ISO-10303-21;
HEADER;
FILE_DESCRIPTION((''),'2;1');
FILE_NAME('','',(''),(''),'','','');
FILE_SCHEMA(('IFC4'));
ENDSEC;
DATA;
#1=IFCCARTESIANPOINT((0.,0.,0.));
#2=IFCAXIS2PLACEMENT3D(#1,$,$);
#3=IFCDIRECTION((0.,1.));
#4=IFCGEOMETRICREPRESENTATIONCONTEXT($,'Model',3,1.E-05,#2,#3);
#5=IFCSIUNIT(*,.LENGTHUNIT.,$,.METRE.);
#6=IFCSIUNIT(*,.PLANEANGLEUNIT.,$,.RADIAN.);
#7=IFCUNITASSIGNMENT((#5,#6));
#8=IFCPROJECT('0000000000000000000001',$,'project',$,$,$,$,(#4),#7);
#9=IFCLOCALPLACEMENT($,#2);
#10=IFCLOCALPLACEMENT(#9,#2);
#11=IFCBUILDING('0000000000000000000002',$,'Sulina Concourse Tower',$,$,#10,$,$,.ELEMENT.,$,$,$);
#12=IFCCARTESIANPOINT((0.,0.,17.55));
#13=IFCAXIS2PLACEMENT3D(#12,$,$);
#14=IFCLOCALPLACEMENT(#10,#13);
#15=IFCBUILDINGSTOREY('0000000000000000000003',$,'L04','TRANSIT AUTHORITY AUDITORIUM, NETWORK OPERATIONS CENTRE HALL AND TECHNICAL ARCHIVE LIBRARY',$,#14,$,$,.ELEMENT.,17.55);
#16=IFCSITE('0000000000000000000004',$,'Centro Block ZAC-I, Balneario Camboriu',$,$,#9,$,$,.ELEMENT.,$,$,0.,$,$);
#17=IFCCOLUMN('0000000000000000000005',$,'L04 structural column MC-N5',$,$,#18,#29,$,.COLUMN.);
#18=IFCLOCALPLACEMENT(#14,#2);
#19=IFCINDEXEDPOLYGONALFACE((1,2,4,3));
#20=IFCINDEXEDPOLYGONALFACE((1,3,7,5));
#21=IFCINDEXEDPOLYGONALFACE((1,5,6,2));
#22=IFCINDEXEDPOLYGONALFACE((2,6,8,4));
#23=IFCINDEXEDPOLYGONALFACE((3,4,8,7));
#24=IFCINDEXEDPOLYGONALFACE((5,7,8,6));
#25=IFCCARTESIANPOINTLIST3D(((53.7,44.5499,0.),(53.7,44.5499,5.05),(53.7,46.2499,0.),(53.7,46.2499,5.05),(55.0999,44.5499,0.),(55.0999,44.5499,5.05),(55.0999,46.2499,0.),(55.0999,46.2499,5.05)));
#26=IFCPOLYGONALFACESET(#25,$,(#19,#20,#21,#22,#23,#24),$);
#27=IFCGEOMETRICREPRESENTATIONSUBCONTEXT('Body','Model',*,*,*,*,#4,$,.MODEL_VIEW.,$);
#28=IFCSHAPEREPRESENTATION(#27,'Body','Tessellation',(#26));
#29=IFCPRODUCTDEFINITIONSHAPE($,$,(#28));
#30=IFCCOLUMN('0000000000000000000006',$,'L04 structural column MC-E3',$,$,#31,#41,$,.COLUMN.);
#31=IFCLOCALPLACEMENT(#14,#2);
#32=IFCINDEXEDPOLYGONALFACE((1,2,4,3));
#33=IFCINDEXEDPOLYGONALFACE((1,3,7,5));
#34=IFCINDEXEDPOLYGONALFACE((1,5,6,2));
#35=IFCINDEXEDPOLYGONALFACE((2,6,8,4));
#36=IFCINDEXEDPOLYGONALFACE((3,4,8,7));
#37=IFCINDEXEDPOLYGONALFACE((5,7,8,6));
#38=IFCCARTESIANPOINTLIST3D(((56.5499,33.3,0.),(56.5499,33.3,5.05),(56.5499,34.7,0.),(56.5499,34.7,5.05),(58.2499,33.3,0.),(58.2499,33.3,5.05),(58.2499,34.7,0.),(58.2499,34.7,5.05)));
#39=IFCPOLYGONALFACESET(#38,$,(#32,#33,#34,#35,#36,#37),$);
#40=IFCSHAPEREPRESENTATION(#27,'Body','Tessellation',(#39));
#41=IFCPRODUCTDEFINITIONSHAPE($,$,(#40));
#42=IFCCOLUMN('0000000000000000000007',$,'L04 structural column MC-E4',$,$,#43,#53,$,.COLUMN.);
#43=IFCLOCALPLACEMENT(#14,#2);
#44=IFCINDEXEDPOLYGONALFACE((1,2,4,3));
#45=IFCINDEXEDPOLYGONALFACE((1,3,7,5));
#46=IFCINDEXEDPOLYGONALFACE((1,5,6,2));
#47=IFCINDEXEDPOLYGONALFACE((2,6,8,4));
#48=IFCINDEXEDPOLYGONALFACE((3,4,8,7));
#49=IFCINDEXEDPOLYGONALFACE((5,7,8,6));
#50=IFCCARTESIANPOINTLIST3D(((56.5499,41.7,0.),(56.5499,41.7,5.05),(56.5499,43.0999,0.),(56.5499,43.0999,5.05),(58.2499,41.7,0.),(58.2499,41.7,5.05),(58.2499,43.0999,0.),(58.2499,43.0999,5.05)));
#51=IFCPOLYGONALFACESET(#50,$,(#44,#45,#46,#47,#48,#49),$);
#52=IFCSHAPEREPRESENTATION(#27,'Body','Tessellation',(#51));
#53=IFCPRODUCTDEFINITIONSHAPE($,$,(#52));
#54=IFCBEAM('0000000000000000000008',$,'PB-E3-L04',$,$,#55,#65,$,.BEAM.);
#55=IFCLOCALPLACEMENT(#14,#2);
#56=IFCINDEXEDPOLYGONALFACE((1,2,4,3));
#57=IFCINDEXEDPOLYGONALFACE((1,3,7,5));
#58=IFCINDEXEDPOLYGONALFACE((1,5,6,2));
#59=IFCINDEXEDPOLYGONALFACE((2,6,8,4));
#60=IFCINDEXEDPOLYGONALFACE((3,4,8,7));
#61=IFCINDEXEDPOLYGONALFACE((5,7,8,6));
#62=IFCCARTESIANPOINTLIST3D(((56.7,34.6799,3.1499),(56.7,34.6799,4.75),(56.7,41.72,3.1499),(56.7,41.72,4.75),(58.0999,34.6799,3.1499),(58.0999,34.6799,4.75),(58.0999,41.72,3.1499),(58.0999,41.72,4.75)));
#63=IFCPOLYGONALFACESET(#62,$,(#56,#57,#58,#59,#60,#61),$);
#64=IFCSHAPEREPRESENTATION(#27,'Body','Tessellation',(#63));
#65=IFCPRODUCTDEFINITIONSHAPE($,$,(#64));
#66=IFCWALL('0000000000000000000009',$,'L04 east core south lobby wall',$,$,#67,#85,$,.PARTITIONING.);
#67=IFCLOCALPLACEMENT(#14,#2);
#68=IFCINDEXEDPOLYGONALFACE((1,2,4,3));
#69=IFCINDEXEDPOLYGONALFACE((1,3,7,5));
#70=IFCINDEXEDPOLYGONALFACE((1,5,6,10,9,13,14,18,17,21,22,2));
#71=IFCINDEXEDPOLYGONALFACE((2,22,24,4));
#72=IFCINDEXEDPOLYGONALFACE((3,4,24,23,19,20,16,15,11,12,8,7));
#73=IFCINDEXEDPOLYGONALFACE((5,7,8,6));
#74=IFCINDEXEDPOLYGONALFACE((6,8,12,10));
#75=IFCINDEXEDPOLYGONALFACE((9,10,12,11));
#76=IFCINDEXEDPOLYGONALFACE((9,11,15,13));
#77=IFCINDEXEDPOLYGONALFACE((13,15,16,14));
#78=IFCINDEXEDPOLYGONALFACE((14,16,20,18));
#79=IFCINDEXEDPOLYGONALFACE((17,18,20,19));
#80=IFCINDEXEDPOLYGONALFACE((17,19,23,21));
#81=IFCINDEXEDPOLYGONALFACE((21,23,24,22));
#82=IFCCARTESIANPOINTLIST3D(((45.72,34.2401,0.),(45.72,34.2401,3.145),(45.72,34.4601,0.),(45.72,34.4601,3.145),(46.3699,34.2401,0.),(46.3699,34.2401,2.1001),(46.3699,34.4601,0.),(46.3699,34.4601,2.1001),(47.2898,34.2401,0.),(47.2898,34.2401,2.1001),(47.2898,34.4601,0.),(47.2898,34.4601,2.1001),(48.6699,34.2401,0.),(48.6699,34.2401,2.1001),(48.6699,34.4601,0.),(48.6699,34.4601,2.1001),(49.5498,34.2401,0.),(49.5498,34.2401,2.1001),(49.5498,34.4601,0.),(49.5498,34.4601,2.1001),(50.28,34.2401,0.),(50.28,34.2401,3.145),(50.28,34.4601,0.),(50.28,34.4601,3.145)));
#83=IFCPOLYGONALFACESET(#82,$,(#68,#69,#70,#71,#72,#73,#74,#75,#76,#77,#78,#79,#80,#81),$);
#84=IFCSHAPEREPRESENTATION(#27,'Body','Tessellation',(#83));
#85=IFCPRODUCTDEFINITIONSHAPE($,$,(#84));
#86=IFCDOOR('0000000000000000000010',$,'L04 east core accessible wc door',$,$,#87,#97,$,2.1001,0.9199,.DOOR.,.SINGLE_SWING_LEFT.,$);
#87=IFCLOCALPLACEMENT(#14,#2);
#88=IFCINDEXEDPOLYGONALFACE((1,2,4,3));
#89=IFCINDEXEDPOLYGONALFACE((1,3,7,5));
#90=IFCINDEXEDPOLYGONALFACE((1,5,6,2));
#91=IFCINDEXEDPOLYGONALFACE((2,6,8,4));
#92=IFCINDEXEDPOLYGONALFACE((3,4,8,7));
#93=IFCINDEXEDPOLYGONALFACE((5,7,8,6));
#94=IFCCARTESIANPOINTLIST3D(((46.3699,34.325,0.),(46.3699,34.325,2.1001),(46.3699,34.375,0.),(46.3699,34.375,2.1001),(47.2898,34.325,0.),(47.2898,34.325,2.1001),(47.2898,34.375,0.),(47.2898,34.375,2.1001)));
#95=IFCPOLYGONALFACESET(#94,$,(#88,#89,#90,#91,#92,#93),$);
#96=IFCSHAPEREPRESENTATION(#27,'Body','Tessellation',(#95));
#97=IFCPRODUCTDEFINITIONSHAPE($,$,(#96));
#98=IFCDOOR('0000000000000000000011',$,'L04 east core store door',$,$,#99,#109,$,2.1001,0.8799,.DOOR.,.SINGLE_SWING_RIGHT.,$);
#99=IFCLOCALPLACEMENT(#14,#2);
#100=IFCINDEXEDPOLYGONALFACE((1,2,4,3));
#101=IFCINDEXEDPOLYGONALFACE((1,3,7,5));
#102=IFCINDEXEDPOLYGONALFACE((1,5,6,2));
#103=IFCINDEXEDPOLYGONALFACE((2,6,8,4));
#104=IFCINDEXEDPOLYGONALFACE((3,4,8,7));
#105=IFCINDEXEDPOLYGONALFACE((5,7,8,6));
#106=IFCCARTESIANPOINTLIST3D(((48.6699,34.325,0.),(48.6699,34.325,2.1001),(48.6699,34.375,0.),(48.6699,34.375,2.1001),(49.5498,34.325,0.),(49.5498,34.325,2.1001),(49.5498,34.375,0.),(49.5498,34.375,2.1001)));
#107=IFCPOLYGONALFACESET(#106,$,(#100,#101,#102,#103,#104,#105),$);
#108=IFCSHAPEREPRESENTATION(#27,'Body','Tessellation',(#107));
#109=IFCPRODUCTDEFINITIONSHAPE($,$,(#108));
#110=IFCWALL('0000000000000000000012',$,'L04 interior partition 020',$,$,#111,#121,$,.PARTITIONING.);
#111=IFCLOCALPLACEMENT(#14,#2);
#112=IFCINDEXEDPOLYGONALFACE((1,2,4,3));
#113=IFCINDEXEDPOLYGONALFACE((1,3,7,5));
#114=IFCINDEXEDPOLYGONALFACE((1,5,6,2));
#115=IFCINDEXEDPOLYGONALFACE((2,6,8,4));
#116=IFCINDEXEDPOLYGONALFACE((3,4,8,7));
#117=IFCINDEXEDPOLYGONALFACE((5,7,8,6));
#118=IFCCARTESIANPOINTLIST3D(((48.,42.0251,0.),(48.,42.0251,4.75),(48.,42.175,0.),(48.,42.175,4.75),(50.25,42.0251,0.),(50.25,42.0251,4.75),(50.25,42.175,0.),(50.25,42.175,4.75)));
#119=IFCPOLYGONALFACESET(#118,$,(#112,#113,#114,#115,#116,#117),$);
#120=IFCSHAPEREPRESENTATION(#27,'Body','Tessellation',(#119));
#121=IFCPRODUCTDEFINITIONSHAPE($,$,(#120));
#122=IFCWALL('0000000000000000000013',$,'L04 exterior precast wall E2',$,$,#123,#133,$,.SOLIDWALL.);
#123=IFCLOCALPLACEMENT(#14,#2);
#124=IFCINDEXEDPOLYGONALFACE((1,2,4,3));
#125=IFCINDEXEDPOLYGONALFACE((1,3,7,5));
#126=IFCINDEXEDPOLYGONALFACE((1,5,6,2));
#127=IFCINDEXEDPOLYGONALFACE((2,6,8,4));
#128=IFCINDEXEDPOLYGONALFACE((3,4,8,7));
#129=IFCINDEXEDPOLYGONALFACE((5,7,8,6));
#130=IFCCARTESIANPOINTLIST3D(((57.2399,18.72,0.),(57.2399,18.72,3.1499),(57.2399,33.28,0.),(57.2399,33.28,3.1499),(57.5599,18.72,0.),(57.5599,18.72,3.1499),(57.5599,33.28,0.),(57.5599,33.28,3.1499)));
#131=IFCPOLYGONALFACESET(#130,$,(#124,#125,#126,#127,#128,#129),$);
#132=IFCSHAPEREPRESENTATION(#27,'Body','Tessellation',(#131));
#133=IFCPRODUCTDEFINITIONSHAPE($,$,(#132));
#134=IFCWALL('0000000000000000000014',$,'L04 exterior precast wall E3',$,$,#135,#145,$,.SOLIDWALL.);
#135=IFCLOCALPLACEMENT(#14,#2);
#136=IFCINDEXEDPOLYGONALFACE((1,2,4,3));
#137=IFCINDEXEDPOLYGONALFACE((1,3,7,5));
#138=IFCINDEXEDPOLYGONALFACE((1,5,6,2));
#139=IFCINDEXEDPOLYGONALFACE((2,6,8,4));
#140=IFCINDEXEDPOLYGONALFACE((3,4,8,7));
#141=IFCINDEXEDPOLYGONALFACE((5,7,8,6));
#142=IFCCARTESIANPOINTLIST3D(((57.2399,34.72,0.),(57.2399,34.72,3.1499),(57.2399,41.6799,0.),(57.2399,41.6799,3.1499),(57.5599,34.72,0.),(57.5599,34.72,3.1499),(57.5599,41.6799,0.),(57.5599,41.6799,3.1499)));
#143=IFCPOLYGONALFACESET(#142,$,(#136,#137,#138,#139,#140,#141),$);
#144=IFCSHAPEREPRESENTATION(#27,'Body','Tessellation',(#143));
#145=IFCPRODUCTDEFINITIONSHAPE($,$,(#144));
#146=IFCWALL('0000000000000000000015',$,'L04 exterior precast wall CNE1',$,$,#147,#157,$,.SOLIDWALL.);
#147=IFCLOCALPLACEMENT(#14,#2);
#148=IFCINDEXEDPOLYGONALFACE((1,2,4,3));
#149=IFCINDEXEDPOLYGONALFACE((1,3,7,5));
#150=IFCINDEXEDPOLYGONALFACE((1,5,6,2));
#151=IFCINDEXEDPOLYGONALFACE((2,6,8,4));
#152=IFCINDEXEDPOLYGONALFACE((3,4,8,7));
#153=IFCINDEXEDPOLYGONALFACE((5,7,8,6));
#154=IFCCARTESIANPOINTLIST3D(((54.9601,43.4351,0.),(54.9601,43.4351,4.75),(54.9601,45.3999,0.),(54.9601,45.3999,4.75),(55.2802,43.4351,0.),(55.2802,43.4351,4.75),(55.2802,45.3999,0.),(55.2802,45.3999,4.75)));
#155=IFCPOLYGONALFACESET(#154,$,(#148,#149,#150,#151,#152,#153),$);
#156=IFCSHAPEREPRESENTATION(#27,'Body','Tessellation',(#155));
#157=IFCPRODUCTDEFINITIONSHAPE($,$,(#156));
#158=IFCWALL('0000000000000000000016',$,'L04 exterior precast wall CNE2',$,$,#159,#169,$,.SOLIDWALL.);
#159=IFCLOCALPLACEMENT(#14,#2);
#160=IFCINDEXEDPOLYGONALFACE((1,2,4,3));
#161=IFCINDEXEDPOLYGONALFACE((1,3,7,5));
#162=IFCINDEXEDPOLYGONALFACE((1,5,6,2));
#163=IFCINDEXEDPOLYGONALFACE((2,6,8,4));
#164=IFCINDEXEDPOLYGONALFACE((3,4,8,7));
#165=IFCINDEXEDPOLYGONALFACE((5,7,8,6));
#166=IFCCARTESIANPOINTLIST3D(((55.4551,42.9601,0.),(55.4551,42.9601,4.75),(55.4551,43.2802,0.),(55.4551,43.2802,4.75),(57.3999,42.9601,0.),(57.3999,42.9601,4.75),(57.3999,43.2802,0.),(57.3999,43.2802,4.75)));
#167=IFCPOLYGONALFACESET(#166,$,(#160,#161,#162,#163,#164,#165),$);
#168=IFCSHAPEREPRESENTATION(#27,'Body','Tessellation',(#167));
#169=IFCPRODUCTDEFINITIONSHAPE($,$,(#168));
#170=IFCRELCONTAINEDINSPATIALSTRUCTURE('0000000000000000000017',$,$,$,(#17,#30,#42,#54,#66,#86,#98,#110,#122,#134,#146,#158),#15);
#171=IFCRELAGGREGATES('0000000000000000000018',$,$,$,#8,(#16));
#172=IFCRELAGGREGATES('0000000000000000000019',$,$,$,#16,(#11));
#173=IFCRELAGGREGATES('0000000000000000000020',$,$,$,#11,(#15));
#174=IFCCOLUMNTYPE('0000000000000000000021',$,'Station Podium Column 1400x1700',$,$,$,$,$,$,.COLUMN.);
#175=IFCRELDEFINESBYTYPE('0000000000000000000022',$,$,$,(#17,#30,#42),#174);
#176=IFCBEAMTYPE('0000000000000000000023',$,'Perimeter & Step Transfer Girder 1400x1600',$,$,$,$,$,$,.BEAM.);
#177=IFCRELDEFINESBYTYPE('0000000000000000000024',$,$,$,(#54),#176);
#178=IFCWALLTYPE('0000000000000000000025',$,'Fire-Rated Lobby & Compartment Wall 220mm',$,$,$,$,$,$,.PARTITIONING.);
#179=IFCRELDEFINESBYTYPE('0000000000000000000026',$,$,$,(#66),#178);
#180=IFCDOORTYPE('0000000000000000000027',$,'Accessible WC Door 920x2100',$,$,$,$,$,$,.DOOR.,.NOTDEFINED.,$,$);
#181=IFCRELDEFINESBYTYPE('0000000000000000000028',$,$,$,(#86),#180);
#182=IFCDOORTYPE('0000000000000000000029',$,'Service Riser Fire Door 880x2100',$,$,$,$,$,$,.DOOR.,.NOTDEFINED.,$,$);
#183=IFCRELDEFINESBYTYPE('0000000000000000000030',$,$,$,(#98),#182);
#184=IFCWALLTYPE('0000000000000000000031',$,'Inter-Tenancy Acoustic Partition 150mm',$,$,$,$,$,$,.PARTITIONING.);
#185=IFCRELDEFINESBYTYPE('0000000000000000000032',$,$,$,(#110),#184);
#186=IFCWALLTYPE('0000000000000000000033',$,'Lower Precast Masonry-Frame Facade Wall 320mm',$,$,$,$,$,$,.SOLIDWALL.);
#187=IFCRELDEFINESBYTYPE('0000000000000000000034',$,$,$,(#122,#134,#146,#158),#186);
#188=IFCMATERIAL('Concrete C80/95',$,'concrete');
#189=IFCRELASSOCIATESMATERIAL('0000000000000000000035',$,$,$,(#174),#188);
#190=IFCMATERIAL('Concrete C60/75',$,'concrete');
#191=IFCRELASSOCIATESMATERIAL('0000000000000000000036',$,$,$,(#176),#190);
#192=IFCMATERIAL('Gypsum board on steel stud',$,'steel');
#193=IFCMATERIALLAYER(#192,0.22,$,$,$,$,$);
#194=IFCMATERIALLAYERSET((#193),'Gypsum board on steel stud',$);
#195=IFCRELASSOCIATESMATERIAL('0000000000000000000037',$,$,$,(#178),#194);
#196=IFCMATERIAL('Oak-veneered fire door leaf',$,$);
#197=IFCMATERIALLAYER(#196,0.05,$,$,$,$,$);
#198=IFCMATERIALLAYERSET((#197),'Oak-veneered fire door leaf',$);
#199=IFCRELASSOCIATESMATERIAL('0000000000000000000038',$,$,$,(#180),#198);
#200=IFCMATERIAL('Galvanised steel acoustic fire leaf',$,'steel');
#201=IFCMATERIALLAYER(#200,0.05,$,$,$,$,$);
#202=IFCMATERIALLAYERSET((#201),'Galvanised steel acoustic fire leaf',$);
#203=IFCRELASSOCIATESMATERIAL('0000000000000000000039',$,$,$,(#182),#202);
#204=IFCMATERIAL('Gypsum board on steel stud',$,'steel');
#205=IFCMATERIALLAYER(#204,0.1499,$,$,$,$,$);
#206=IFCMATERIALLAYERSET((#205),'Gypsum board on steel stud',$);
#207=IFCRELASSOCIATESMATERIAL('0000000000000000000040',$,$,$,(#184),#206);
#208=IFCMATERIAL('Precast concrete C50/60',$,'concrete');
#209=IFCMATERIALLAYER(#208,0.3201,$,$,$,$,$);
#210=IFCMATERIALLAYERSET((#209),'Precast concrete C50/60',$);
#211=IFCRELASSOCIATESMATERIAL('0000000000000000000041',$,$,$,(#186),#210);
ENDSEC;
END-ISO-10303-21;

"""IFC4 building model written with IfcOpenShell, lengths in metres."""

from ifc_helpers import new_model, si_unit, direction, frame, frame_2d, origin, origin_2d, place, context, subcontext, project, spatial, rectangle, extrude, material, layer, layer_set, material_profile, profile_set, type_object, element, fill, save


model = new_model("IFC4")

# Units and contexts
model_context = context("Model", 3, precision=1e-05, world=origin(), true_north=direction((0.0, 1.0)))
body_context = subcontext(model_context, "Body", "Model", "MODEL_VIEW")
ifc_project = project(units=[si_unit("LENGTHUNIT", "METRE"), si_unit("PLANEANGLEUNIT", "RADIAN")], contexts=[model_context])

# Site, building, storey
site_placement = place(None, origin())
site = spatial("IfcSite", under=ifc_project, at=site_placement, Name="Centro Block ZAC-I, Balneario Camboriu", CompositionType="ELEMENT", RefElevation=0.0)
building_placement = place(site_placement, origin())
building = spatial("IfcBuilding", under=site, at=building_placement, Name="Sulina Concourse Tower", CompositionType="ELEMENT")
storey_placement = place(building_placement, frame((0.0, 0.0, 17.55)))
storey = spatial("IfcBuildingStorey", under=building, at=storey_placement, Name="L04", Description="TRANSIT AUTHORITY AUDITORIUM, NETWORK OPERATIONS CENTRE HALL AND TECHNICAL ARCHIVE LIBRARY", CompositionType="ELEMENT", Elevation=17.55)

# Columns
ifc_material_1 = material(Name="Concrete C80/95", Category="concrete")
ifc_material_profile_1 = material_profile(ifc_material_1, rectangle(XDim=1.3999, YDim=1.7, at=origin_2d()), Name="RC 1400x1700")
ifc_profile_set_1 = profile_set([ifc_material_profile_1], Name="Concrete C80/95")
column_type = type_object("IfcColumnType", Name="Station Podium Column 1400x1700", PredefinedType="COLUMN", material=ifc_profile_set_1)
for number, where, z_axis, x_axis, name in (
    (1, (54.3999, 45.3999, 0.0), (0.0, 0.0, 1.0), (1.0, 0.0, 0.0), "L04 structural column MC-N5"),
    (2, (57.3999, 34.0, 0.0), (0.0, 0.0, 1.0), (0.0, 1.0, 0.0), "L04 structural column MC-E3"),
    (3, (57.3999, 42.3999, 0.0), (0.0, 0.0, 1.0), (0.0, 1.0, 0.0), "L04 structural column MC-E4"),
):
    element("IfcColumn", number, at=place(storey_placement, frame(where, z_axis=z_axis, x_axis=x_axis)), inside=storey, type_object=column_type, Name=name, PredefinedType="COLUMN", context=body_context, shape_type="SweptSolid", body=[
        extrude(rectangle(XDim=1.3999, YDim=1.7, at=origin_2d()), origin(), (0.0, 0.0, 1.0), 5.05),
    ])

# Beam
ifc_material_2 = material(Name="Concrete C60/75", Category="concrete")
ifc_material_profile_2 = material_profile(ifc_material_2, rectangle(XDim=1.3999, YDim=1.6001, at=origin_2d()), Name="RC 1400x1600")
ifc_profile_set_2 = profile_set([ifc_material_profile_2], Name="Concrete C60/75")
beam_type = type_object("IfcBeamType", Name="Perimeter & Step Transfer Girder 1400x1600", PredefinedType="BEAM", material=ifc_profile_set_2)
beam_placement = place(storey_placement, frame((57.3999, 34.6799, 3.95), z_axis=(0.0, 1.0, 0.0), x_axis=(-1.0, 0.0, 0.0)))
element("IfcBeam", 4, at=beam_placement, inside=storey, type_object=beam_type, Name="PB-E3-L04", PredefinedType="BEAM", context=body_context, shape_type="SweptSolid", body=[
    extrude(rectangle(XDim=1.3999, YDim=1.6001, at=origin_2d()), origin(), (0.0, 0.0, 1.0), 7.04),
])

# Wall, openings, doors
ifc_material_3 = material(Name="Gypsum board on steel stud", Category="steel")
ifc_layer_1 = layer(ifc_material_3, 0.22)
ifc_layer_set_1 = layer_set([ifc_layer_1], Name="Gypsum board on steel stud")
wall_type_1 = type_object("IfcWallType", Name="Fire-Rated Lobby & Compartment Wall 220mm", PredefinedType="PARTITIONING", material=ifc_layer_set_1)
wall_1_placement = place(storey_placement, frame((45.72, 34.3501, 0.0), z_axis=(0.0, 0.0, 1.0), x_axis=(1.0, 0.0, 0.0)))
wall_1 = element("IfcWall", 5, at=wall_1_placement, inside=storey, type_object=wall_type_1, Name="L04 east core south lobby wall", PredefinedType="PARTITIONING", context=body_context, shape_type="SweptSolid", body=[
    extrude(rectangle(XDim=4.5601, YDim=0.22, at=frame_2d((2.28, 0.0))), origin(), (0.0, 0.0, 1.0), 3.145),
])
opening_1_placement = place(wall_1_placement, frame((0.6499, 0.0, 0.0)))
opening_1 = element("IfcOpeningElement", 6, at=opening_1_placement, cuts=wall_1, PredefinedType="OPENING", context=body_context, shape_type="SweptSolid", body=[
    extrude(rectangle(XDim=0.9199, YDim=2.1001, at=frame_2d((0.46, 1.05))), frame((0.0, 0.1199, 0.0), z_axis=(0.0, -1.0, 0.0), x_axis=(1.0, 0.0, 0.0)), (0.0, 0.0, 1.0), 0.24),
])
opening_2_placement = place(wall_1_placement, frame((2.95, 0.0, 0.0)))
opening_2 = element("IfcOpeningElement", 7, at=opening_2_placement, cuts=wall_1, PredefinedType="OPENING", context=body_context, shape_type="SweptSolid", body=[
    extrude(rectangle(XDim=0.8799, YDim=2.1001, at=frame_2d((0.4399, 1.05))), frame((0.0, 0.1199, 0.0), z_axis=(0.0, -1.0, 0.0), x_axis=(1.0, 0.0, 0.0)), (0.0, 0.0, 1.0), 0.24),
])
ifc_material_4 = material(Name="Oak-veneered fire door leaf")
ifc_layer_2 = layer(ifc_material_4, 0.05)
ifc_layer_set_2 = layer_set([ifc_layer_2], Name="Oak-veneered fire door leaf")
door_type_1 = type_object("IfcDoorType", Name="Accessible WC Door 920x2100", OperationType="NOTDEFINED", PredefinedType="DOOR", material=ifc_layer_set_2)
door_1_placement = place(opening_1_placement, origin())
door_1 = element("IfcDoor", 8, at=door_1_placement, inside=storey, type_object=door_type_1, Name="L04 east core accessible wc door", OperationType="SINGLE_SWING_LEFT", OverallHeight=2.1001, OverallWidth=0.9199, PredefinedType="DOOR", context=body_context, shape_type="SweptSolid", body=[
    extrude(rectangle(XDim=0.9199, YDim=2.1001, at=frame_2d((0.46, 1.05))), frame((0.0, 0.0249, 0.0), z_axis=(0.0, -1.0, 0.0), x_axis=(1.0, 0.0, 0.0)), (0.0, 0.0, 1.0), 0.05),
])
fill(opening_1, door_1)
ifc_material_5 = material(Name="Galvanised steel acoustic fire leaf", Category="steel")
ifc_layer_3 = layer(ifc_material_5, 0.05)
ifc_layer_set_3 = layer_set([ifc_layer_3], Name="Galvanised steel acoustic fire leaf")
door_type_2 = type_object("IfcDoorType", Name="Service Riser Fire Door 880x2100", OperationType="NOTDEFINED", PredefinedType="DOOR", material=ifc_layer_set_3)
door_2_placement = place(opening_2_placement, origin())
door_2 = element("IfcDoor", 9, at=door_2_placement, inside=storey, type_object=door_type_2, Name="L04 east core store door", OperationType="SINGLE_SWING_RIGHT", OverallHeight=2.1001, OverallWidth=0.8799, PredefinedType="DOOR", context=body_context, shape_type="SweptSolid", body=[
    extrude(rectangle(XDim=0.8799, YDim=2.1001, at=frame_2d((0.4399, 1.05))), frame((0.0, 0.0249, 0.0), z_axis=(0.0, -1.0, 0.0), x_axis=(1.0, 0.0, 0.0)), (0.0, 0.0, 1.0), 0.05),
])
fill(opening_2, door_2)

# Walls
ifc_material_6 = material(Name="Gypsum board on steel stud", Category="steel")
ifc_layer_4 = layer(ifc_material_6, 0.1499)
ifc_layer_set_4 = layer_set([ifc_layer_4], Name="Gypsum board on steel stud")
wall_type_2 = type_object("IfcWallType", Name="Inter-Tenancy Acoustic Partition 150mm", PredefinedType="PARTITIONING", material=ifc_layer_set_4)
wall_2_placement = place(storey_placement, frame((48.0, 42.1001, 0.0), z_axis=(0.0, 0.0, 1.0), x_axis=(1.0, 0.0, 0.0)))
element("IfcWall", 10, at=wall_2_placement, inside=storey, type_object=wall_type_2, Name="L04 interior partition 020", PredefinedType="PARTITIONING", context=body_context, shape_type="SweptSolid", body=[
    extrude(rectangle(XDim=2.25, YDim=0.1499, at=frame_2d((1.125, 0.0))), origin(), (0.0, 0.0, 1.0), 4.75),
])
ifc_material_7 = material(Name="Precast concrete C50/60", Category="concrete")
ifc_layer_5 = layer(ifc_material_7, 0.3201)
ifc_layer_set_5 = layer_set([ifc_layer_5], Name="Precast concrete C50/60")
wall_type_3 = type_object("IfcWallType", Name="Lower Precast Masonry-Frame Facade Wall 320mm", PredefinedType="SOLIDWALL", material=ifc_layer_set_5)
wall_3_placement = place(storey_placement, frame((57.3999, 33.28, 0.0), z_axis=(0.0, 0.0, 1.0), x_axis=(0.0, -1.0, 0.0)))
element("IfcWall", 11, at=wall_3_placement, inside=storey, type_object=wall_type_3, Name="L04 exterior precast wall E2", PredefinedType="SOLIDWALL", context=body_context, shape_type="SweptSolid", body=[
    extrude(rectangle(XDim=14.5601, YDim=0.3201, at=frame_2d((7.28, 0.0))), origin(), (0.0, 0.0, 1.0), 3.1499),
])
wall_4_placement = place(storey_placement, frame((57.3999, 41.6799, 0.0), z_axis=(0.0, 0.0, 1.0), x_axis=(0.0, -1.0, 0.0)))
element("IfcWall", 12, at=wall_4_placement, inside=storey, type_object=wall_type_3, Name="L04 exterior precast wall E3", PredefinedType="SOLIDWALL", context=body_context, shape_type="SweptSolid", body=[
    extrude(rectangle(XDim=6.96, YDim=0.3201, at=frame_2d((3.48, 0.0))), origin(), (0.0, 0.0, 1.0), 3.1499),
])
wall_5_placement = place(storey_placement, frame((55.1201, 45.3999, 0.0), z_axis=(0.0, 0.0, 1.0), x_axis=(0.0, -1.0, 0.0)))
element("IfcWall", 13, at=wall_5_placement, inside=storey, type_object=wall_type_3, Name="L04 exterior precast wall CNE1", PredefinedType="SOLIDWALL", context=body_context, shape_type="SweptSolid", body=[
    extrude(rectangle(XDim=1.9648, YDim=0.3201, at=frame_2d((0.9824, 0.0))), origin(), (0.0, 0.0, 1.0), 4.75),
])
wall_6_placement = place(storey_placement, frame((55.4551, 43.1201, 0.0), z_axis=(0.0, 0.0, 1.0), x_axis=(1.0, 0.0, 0.0)))
element("IfcWall", 14, at=wall_6_placement, inside=storey, type_object=wall_type_3, Name="L04 exterior precast wall CNE2", PredefinedType="SOLIDWALL", context=body_context, shape_type="SweptSolid", body=[
    extrude(rectangle(XDim=1.9448, YDim=0.3201, at=frame_2d((0.9724, 0.0))), origin(), (0.0, 0.0, 1.0), 4.75),
])

save(model, "model.ifc")
